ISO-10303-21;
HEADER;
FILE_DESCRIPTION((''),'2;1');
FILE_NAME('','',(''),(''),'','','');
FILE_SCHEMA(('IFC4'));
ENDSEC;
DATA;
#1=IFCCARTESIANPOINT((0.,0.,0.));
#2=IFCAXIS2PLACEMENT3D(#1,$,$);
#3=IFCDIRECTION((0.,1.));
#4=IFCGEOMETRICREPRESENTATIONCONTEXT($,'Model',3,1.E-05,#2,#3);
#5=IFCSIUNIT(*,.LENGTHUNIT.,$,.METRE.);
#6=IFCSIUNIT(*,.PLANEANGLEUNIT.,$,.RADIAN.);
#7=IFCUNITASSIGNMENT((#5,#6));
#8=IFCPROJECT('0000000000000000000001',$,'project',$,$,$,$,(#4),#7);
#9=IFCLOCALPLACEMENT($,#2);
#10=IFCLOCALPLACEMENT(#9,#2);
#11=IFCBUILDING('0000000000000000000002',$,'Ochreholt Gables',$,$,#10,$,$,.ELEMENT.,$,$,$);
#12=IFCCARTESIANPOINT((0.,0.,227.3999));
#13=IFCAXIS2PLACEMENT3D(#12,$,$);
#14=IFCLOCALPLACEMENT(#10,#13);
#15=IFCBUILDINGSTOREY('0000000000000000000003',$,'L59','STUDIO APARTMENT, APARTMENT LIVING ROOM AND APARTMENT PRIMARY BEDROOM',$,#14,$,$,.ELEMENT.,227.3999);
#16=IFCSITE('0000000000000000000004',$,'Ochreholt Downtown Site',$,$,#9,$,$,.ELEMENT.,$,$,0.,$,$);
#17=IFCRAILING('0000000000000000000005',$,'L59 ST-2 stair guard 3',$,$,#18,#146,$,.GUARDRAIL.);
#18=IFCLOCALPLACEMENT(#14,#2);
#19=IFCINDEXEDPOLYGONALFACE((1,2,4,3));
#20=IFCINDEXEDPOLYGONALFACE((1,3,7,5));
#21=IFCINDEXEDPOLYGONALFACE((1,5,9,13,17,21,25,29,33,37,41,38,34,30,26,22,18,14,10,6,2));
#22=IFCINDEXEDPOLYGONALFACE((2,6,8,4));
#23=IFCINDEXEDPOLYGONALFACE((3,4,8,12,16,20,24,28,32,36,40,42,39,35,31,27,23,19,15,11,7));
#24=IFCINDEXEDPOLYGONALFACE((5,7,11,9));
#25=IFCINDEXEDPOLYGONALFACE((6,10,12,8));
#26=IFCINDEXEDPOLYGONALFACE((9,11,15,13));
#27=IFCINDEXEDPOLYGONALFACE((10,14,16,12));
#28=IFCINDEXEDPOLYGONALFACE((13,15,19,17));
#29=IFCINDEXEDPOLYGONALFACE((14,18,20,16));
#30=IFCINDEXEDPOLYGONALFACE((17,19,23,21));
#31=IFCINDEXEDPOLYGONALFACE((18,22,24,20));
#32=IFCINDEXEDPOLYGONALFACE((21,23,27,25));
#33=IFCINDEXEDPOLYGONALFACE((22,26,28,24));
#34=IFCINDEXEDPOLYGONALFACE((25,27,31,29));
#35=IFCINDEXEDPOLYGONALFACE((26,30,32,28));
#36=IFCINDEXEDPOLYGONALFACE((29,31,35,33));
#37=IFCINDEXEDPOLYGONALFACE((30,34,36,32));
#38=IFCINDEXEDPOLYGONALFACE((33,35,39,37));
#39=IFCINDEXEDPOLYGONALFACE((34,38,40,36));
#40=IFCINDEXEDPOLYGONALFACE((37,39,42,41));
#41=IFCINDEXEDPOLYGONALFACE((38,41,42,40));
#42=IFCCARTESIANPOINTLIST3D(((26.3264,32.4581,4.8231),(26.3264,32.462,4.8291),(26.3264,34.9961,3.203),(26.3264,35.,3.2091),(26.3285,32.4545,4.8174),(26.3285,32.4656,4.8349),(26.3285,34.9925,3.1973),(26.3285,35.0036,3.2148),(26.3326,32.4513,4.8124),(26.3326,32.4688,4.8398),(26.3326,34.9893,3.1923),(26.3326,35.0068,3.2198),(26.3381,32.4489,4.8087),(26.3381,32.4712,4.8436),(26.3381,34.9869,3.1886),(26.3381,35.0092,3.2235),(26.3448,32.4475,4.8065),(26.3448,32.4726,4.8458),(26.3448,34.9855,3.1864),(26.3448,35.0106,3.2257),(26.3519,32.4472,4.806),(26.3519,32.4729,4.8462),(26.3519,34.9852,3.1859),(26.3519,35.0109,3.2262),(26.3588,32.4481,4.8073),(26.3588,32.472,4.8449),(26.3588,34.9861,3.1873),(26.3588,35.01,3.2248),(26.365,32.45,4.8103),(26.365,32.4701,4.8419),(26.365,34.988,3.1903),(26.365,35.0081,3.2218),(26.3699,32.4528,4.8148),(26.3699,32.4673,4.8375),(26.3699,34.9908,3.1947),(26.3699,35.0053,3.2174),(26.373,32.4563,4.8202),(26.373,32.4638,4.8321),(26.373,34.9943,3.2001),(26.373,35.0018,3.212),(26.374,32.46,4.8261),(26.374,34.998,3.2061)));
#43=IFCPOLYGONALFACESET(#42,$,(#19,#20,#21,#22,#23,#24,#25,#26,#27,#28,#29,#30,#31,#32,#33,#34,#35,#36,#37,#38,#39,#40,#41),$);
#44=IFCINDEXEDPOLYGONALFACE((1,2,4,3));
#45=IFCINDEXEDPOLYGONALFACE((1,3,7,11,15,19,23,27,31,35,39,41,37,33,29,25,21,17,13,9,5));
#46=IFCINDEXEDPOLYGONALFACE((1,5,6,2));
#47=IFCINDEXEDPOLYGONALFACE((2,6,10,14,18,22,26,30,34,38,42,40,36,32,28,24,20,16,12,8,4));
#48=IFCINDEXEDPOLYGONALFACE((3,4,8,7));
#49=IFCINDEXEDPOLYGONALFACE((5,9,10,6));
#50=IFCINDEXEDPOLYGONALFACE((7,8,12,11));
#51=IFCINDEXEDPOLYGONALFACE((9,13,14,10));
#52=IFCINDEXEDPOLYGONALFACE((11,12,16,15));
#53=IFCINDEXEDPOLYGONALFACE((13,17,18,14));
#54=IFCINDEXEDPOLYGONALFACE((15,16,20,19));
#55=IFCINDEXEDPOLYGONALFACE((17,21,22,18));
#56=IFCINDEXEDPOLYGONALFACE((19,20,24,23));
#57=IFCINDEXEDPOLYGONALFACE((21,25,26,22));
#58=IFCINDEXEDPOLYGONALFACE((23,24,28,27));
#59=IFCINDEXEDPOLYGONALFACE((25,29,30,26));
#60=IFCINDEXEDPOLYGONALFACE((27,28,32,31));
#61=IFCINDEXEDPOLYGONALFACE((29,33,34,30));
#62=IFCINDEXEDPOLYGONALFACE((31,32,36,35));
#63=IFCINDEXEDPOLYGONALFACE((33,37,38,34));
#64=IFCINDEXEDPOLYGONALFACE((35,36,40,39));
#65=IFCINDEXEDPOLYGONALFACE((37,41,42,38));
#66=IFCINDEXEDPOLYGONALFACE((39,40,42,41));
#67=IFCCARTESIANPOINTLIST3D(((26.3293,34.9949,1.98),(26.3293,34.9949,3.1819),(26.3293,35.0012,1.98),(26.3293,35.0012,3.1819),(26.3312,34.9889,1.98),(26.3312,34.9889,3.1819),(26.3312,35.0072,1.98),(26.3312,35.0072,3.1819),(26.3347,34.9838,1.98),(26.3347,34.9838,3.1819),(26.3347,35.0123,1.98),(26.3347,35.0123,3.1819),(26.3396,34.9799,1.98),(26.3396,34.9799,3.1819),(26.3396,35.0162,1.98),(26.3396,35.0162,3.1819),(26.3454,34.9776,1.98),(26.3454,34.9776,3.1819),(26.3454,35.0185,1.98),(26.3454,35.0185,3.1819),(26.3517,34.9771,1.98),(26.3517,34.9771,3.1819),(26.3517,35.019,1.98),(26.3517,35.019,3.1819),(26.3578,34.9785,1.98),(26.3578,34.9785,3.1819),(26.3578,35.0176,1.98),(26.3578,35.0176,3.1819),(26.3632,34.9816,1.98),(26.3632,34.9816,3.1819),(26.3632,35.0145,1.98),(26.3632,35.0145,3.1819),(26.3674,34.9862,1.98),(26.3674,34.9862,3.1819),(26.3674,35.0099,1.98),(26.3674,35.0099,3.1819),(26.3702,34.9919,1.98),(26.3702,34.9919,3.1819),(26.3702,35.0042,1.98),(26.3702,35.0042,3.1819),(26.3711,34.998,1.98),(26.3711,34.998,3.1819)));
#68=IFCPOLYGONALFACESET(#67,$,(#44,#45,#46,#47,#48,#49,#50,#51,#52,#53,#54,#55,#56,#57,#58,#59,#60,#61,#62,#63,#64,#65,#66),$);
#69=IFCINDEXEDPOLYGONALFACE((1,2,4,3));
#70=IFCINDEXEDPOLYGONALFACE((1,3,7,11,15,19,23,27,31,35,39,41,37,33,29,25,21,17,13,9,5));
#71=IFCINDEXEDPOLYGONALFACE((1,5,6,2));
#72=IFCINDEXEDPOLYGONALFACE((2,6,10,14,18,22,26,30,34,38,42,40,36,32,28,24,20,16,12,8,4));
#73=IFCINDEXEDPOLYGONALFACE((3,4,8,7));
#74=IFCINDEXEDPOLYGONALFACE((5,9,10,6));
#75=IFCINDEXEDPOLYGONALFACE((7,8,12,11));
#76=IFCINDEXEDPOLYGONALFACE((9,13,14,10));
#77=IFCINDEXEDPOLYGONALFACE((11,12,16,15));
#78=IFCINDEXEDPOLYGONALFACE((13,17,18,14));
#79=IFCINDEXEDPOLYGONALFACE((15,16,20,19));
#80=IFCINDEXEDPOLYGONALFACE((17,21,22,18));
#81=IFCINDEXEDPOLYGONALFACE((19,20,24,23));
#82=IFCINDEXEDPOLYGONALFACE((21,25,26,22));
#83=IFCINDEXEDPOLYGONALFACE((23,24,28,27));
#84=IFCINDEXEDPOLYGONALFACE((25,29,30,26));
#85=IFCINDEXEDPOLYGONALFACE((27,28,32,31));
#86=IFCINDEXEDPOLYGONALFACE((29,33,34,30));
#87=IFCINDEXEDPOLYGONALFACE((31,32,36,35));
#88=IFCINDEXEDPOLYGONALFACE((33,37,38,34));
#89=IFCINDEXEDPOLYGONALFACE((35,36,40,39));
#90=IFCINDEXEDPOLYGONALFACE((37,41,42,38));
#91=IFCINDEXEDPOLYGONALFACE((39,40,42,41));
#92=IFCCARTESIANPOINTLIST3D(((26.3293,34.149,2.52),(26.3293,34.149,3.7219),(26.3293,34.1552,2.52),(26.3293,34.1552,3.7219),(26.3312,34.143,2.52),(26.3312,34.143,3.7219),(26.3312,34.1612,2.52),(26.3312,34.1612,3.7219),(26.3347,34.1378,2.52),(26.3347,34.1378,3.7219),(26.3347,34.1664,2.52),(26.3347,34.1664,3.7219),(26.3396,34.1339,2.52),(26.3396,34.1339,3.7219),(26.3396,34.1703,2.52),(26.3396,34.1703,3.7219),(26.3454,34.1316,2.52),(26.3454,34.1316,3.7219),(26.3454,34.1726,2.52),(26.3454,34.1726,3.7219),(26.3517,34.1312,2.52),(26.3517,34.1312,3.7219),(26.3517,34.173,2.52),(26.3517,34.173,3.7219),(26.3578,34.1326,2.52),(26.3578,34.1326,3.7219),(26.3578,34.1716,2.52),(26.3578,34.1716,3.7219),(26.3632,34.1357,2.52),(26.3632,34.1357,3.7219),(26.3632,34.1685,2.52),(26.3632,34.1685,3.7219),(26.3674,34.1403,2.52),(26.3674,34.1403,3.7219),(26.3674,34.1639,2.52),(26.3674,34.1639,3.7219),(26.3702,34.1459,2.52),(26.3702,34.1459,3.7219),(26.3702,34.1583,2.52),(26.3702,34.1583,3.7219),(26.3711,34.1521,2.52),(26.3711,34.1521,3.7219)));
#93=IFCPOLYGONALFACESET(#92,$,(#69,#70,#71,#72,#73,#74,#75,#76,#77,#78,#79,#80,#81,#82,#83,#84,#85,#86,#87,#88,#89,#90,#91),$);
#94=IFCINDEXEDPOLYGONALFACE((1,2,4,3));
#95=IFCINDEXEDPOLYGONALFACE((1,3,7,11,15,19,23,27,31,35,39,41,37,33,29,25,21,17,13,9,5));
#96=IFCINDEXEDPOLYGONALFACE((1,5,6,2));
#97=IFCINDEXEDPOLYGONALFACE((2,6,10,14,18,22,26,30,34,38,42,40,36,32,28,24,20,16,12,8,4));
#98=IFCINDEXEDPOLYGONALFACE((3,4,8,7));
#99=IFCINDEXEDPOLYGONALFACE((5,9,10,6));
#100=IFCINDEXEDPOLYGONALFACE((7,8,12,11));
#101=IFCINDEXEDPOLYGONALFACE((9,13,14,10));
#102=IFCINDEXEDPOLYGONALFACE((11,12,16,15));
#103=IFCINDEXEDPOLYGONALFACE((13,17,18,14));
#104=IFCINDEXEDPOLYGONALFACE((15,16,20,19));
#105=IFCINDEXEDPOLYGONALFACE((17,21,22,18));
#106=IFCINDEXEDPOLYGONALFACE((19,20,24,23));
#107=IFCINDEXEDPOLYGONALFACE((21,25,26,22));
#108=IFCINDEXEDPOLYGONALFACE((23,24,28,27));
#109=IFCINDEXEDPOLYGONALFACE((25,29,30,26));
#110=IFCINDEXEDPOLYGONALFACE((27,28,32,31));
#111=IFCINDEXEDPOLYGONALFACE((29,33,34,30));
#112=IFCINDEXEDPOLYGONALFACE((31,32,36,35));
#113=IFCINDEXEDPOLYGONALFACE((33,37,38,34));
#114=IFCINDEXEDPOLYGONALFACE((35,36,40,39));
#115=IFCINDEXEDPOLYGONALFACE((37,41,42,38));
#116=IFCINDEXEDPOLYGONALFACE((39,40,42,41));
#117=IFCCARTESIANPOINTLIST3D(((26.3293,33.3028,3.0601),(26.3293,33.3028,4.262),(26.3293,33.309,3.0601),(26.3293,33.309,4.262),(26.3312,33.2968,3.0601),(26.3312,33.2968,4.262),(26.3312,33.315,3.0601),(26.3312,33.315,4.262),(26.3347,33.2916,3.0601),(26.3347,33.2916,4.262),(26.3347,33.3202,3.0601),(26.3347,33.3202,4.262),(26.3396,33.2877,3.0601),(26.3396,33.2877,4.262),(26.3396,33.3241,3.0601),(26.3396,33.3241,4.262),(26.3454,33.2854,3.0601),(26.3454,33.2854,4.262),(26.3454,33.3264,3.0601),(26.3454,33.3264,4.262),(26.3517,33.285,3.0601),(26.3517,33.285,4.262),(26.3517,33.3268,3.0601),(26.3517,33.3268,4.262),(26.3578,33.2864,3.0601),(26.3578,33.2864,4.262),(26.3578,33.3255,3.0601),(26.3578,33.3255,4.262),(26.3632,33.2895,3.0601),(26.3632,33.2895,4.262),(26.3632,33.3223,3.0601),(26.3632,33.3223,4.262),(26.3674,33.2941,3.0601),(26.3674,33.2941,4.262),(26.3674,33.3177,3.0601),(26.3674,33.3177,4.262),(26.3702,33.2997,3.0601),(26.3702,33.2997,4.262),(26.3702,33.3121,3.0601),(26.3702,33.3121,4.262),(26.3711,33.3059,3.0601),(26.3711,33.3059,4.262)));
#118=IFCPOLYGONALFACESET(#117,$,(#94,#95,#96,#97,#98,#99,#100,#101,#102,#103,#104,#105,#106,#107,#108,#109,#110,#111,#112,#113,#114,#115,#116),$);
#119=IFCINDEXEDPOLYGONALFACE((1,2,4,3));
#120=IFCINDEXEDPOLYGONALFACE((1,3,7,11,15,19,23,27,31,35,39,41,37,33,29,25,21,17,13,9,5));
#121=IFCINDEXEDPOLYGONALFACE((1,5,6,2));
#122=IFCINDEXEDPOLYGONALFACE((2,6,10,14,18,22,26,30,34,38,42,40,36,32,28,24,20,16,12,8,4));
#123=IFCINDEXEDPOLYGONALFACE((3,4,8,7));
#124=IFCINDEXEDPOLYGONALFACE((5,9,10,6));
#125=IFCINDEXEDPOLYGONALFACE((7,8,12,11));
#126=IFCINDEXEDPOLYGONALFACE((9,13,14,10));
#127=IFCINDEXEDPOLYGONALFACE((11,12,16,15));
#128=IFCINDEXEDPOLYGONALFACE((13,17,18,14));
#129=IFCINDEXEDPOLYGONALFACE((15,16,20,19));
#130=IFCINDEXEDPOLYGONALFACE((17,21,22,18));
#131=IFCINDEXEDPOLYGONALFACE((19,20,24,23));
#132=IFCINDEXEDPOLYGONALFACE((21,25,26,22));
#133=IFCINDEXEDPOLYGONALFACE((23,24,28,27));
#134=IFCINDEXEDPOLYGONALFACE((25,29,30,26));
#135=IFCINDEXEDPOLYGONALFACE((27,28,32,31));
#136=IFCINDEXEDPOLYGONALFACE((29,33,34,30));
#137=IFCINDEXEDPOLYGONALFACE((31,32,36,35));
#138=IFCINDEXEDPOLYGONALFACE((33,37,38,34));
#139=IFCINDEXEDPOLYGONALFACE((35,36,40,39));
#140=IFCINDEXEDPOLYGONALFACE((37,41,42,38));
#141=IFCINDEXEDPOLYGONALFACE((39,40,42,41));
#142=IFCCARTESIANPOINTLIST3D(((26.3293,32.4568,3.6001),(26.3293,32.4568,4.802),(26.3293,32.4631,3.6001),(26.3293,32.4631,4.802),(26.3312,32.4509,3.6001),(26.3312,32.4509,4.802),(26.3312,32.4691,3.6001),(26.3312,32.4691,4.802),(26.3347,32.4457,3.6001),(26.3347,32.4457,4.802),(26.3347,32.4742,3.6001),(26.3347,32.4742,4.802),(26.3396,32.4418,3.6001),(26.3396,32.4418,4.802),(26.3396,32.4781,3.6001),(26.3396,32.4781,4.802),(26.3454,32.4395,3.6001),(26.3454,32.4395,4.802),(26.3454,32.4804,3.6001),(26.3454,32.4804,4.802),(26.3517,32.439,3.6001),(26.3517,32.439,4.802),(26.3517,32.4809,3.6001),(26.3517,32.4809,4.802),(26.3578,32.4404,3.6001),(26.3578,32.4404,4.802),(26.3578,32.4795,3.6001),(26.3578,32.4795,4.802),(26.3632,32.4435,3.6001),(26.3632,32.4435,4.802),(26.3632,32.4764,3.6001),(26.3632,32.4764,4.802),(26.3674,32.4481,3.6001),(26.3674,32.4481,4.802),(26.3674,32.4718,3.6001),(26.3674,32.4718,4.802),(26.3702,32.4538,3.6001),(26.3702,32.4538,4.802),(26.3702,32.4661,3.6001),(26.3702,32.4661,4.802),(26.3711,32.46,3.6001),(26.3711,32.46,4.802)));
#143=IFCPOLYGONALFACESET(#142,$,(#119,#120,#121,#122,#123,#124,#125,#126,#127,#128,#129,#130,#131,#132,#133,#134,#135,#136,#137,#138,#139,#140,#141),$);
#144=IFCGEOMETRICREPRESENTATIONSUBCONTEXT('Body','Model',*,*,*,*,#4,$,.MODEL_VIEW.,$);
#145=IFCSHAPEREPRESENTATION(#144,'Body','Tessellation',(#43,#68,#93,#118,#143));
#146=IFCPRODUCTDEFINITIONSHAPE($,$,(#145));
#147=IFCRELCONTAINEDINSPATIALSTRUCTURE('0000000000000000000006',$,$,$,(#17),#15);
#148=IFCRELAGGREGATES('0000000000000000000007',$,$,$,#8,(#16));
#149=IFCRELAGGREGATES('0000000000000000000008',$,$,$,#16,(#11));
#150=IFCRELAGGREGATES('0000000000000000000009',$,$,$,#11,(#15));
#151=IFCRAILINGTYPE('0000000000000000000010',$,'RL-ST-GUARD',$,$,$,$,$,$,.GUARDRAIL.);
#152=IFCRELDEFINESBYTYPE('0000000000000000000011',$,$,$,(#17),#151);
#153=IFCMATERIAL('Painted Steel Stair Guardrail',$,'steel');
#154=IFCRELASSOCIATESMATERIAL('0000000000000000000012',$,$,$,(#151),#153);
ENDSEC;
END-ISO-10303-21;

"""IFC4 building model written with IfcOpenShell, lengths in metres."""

from ifc_helpers import new_model, si_unit, direction, frame, origin, origin_2d, place, context, subcontext, project, spatial, circle, extrude, material, type_object, element, save


model = new_model("IFC4")

# Units and contexts
model_context = context("Model", 3, precision=1e-05, world=origin(), true_north=direction((0.0, 1.0)))
body_context = subcontext(model_context, "Body", "Model", "MODEL_VIEW")
ifc_project = project(units=[si_unit("LENGTHUNIT", "METRE"), si_unit("PLANEANGLEUNIT", "RADIAN")], contexts=[model_context])

# Site, building, storey
site_placement = place(None, origin())
site = spatial("IfcSite", under=ifc_project, at=site_placement, Name="Ochreholt Downtown Site", CompositionType="ELEMENT", RefElevation=0.0)
building_placement = place(site_placement, origin())
building = spatial("IfcBuilding", under=site, at=building_placement, Name="Ochreholt Gables", CompositionType="ELEMENT")
storey_placement = place(building_placement, frame((0.0, 0.0, 227.3999)))
storey = spatial("IfcBuildingStorey", under=building, at=storey_placement, Name="L59", Description="STUDIO APARTMENT, APARTMENT LIVING ROOM AND APARTMENT PRIMARY BEDROOM", CompositionType="ELEMENT", Elevation=227.3999)

# Railing
ifc_material_1 = material(Name="Painted Steel Stair Guardrail", Category="steel")
railing_type_1 = type_object("IfcRailingType", Name="RL-ST-GUARD", PredefinedType="GUARDRAIL", material=ifc_material_1)
railing_1_placement = place(storey_placement, frame((26.3501, 34.998, 1.98)))
element("IfcRailing", 1, at=railing_1_placement, inside=storey, type_object=railing_type_1, Name="L59 ST-2 stair guard 3", PredefinedType="GUARDRAIL", context=body_context, shape_type="SweptSolid", body=[
    extrude(circle(Radius=0.0239, at=origin_2d()), frame((0.0, 0.0, 1.2261), z_axis=(0.0, -0.842913, 0.53805), x_axis=(1.0, 0.0, 0.0)), (0.0, 0.0, 1.0), 3.011),
    extrude(circle(Radius=0.021, at=origin_2d()), origin(), (0.0, 0.0, 1.0), 1.2019),
    extrude(circle(Radius=0.021, at=origin_2d()), frame((0.0, -0.8459, 0.54)), (0.0, 0.0, 1.0), 1.2019),
    extrude(circle(Radius=0.021, at=origin_2d()), frame((0.0, -1.6921, 1.0801)), (0.0, 0.0, 1.0), 1.2019),
    extrude(circle(Radius=0.021, at=origin_2d()), frame((0.0, -2.5381, 1.6201)), (0.0, 0.0, 1.0), 1.2019),
])

save(model, "model.ifc")
